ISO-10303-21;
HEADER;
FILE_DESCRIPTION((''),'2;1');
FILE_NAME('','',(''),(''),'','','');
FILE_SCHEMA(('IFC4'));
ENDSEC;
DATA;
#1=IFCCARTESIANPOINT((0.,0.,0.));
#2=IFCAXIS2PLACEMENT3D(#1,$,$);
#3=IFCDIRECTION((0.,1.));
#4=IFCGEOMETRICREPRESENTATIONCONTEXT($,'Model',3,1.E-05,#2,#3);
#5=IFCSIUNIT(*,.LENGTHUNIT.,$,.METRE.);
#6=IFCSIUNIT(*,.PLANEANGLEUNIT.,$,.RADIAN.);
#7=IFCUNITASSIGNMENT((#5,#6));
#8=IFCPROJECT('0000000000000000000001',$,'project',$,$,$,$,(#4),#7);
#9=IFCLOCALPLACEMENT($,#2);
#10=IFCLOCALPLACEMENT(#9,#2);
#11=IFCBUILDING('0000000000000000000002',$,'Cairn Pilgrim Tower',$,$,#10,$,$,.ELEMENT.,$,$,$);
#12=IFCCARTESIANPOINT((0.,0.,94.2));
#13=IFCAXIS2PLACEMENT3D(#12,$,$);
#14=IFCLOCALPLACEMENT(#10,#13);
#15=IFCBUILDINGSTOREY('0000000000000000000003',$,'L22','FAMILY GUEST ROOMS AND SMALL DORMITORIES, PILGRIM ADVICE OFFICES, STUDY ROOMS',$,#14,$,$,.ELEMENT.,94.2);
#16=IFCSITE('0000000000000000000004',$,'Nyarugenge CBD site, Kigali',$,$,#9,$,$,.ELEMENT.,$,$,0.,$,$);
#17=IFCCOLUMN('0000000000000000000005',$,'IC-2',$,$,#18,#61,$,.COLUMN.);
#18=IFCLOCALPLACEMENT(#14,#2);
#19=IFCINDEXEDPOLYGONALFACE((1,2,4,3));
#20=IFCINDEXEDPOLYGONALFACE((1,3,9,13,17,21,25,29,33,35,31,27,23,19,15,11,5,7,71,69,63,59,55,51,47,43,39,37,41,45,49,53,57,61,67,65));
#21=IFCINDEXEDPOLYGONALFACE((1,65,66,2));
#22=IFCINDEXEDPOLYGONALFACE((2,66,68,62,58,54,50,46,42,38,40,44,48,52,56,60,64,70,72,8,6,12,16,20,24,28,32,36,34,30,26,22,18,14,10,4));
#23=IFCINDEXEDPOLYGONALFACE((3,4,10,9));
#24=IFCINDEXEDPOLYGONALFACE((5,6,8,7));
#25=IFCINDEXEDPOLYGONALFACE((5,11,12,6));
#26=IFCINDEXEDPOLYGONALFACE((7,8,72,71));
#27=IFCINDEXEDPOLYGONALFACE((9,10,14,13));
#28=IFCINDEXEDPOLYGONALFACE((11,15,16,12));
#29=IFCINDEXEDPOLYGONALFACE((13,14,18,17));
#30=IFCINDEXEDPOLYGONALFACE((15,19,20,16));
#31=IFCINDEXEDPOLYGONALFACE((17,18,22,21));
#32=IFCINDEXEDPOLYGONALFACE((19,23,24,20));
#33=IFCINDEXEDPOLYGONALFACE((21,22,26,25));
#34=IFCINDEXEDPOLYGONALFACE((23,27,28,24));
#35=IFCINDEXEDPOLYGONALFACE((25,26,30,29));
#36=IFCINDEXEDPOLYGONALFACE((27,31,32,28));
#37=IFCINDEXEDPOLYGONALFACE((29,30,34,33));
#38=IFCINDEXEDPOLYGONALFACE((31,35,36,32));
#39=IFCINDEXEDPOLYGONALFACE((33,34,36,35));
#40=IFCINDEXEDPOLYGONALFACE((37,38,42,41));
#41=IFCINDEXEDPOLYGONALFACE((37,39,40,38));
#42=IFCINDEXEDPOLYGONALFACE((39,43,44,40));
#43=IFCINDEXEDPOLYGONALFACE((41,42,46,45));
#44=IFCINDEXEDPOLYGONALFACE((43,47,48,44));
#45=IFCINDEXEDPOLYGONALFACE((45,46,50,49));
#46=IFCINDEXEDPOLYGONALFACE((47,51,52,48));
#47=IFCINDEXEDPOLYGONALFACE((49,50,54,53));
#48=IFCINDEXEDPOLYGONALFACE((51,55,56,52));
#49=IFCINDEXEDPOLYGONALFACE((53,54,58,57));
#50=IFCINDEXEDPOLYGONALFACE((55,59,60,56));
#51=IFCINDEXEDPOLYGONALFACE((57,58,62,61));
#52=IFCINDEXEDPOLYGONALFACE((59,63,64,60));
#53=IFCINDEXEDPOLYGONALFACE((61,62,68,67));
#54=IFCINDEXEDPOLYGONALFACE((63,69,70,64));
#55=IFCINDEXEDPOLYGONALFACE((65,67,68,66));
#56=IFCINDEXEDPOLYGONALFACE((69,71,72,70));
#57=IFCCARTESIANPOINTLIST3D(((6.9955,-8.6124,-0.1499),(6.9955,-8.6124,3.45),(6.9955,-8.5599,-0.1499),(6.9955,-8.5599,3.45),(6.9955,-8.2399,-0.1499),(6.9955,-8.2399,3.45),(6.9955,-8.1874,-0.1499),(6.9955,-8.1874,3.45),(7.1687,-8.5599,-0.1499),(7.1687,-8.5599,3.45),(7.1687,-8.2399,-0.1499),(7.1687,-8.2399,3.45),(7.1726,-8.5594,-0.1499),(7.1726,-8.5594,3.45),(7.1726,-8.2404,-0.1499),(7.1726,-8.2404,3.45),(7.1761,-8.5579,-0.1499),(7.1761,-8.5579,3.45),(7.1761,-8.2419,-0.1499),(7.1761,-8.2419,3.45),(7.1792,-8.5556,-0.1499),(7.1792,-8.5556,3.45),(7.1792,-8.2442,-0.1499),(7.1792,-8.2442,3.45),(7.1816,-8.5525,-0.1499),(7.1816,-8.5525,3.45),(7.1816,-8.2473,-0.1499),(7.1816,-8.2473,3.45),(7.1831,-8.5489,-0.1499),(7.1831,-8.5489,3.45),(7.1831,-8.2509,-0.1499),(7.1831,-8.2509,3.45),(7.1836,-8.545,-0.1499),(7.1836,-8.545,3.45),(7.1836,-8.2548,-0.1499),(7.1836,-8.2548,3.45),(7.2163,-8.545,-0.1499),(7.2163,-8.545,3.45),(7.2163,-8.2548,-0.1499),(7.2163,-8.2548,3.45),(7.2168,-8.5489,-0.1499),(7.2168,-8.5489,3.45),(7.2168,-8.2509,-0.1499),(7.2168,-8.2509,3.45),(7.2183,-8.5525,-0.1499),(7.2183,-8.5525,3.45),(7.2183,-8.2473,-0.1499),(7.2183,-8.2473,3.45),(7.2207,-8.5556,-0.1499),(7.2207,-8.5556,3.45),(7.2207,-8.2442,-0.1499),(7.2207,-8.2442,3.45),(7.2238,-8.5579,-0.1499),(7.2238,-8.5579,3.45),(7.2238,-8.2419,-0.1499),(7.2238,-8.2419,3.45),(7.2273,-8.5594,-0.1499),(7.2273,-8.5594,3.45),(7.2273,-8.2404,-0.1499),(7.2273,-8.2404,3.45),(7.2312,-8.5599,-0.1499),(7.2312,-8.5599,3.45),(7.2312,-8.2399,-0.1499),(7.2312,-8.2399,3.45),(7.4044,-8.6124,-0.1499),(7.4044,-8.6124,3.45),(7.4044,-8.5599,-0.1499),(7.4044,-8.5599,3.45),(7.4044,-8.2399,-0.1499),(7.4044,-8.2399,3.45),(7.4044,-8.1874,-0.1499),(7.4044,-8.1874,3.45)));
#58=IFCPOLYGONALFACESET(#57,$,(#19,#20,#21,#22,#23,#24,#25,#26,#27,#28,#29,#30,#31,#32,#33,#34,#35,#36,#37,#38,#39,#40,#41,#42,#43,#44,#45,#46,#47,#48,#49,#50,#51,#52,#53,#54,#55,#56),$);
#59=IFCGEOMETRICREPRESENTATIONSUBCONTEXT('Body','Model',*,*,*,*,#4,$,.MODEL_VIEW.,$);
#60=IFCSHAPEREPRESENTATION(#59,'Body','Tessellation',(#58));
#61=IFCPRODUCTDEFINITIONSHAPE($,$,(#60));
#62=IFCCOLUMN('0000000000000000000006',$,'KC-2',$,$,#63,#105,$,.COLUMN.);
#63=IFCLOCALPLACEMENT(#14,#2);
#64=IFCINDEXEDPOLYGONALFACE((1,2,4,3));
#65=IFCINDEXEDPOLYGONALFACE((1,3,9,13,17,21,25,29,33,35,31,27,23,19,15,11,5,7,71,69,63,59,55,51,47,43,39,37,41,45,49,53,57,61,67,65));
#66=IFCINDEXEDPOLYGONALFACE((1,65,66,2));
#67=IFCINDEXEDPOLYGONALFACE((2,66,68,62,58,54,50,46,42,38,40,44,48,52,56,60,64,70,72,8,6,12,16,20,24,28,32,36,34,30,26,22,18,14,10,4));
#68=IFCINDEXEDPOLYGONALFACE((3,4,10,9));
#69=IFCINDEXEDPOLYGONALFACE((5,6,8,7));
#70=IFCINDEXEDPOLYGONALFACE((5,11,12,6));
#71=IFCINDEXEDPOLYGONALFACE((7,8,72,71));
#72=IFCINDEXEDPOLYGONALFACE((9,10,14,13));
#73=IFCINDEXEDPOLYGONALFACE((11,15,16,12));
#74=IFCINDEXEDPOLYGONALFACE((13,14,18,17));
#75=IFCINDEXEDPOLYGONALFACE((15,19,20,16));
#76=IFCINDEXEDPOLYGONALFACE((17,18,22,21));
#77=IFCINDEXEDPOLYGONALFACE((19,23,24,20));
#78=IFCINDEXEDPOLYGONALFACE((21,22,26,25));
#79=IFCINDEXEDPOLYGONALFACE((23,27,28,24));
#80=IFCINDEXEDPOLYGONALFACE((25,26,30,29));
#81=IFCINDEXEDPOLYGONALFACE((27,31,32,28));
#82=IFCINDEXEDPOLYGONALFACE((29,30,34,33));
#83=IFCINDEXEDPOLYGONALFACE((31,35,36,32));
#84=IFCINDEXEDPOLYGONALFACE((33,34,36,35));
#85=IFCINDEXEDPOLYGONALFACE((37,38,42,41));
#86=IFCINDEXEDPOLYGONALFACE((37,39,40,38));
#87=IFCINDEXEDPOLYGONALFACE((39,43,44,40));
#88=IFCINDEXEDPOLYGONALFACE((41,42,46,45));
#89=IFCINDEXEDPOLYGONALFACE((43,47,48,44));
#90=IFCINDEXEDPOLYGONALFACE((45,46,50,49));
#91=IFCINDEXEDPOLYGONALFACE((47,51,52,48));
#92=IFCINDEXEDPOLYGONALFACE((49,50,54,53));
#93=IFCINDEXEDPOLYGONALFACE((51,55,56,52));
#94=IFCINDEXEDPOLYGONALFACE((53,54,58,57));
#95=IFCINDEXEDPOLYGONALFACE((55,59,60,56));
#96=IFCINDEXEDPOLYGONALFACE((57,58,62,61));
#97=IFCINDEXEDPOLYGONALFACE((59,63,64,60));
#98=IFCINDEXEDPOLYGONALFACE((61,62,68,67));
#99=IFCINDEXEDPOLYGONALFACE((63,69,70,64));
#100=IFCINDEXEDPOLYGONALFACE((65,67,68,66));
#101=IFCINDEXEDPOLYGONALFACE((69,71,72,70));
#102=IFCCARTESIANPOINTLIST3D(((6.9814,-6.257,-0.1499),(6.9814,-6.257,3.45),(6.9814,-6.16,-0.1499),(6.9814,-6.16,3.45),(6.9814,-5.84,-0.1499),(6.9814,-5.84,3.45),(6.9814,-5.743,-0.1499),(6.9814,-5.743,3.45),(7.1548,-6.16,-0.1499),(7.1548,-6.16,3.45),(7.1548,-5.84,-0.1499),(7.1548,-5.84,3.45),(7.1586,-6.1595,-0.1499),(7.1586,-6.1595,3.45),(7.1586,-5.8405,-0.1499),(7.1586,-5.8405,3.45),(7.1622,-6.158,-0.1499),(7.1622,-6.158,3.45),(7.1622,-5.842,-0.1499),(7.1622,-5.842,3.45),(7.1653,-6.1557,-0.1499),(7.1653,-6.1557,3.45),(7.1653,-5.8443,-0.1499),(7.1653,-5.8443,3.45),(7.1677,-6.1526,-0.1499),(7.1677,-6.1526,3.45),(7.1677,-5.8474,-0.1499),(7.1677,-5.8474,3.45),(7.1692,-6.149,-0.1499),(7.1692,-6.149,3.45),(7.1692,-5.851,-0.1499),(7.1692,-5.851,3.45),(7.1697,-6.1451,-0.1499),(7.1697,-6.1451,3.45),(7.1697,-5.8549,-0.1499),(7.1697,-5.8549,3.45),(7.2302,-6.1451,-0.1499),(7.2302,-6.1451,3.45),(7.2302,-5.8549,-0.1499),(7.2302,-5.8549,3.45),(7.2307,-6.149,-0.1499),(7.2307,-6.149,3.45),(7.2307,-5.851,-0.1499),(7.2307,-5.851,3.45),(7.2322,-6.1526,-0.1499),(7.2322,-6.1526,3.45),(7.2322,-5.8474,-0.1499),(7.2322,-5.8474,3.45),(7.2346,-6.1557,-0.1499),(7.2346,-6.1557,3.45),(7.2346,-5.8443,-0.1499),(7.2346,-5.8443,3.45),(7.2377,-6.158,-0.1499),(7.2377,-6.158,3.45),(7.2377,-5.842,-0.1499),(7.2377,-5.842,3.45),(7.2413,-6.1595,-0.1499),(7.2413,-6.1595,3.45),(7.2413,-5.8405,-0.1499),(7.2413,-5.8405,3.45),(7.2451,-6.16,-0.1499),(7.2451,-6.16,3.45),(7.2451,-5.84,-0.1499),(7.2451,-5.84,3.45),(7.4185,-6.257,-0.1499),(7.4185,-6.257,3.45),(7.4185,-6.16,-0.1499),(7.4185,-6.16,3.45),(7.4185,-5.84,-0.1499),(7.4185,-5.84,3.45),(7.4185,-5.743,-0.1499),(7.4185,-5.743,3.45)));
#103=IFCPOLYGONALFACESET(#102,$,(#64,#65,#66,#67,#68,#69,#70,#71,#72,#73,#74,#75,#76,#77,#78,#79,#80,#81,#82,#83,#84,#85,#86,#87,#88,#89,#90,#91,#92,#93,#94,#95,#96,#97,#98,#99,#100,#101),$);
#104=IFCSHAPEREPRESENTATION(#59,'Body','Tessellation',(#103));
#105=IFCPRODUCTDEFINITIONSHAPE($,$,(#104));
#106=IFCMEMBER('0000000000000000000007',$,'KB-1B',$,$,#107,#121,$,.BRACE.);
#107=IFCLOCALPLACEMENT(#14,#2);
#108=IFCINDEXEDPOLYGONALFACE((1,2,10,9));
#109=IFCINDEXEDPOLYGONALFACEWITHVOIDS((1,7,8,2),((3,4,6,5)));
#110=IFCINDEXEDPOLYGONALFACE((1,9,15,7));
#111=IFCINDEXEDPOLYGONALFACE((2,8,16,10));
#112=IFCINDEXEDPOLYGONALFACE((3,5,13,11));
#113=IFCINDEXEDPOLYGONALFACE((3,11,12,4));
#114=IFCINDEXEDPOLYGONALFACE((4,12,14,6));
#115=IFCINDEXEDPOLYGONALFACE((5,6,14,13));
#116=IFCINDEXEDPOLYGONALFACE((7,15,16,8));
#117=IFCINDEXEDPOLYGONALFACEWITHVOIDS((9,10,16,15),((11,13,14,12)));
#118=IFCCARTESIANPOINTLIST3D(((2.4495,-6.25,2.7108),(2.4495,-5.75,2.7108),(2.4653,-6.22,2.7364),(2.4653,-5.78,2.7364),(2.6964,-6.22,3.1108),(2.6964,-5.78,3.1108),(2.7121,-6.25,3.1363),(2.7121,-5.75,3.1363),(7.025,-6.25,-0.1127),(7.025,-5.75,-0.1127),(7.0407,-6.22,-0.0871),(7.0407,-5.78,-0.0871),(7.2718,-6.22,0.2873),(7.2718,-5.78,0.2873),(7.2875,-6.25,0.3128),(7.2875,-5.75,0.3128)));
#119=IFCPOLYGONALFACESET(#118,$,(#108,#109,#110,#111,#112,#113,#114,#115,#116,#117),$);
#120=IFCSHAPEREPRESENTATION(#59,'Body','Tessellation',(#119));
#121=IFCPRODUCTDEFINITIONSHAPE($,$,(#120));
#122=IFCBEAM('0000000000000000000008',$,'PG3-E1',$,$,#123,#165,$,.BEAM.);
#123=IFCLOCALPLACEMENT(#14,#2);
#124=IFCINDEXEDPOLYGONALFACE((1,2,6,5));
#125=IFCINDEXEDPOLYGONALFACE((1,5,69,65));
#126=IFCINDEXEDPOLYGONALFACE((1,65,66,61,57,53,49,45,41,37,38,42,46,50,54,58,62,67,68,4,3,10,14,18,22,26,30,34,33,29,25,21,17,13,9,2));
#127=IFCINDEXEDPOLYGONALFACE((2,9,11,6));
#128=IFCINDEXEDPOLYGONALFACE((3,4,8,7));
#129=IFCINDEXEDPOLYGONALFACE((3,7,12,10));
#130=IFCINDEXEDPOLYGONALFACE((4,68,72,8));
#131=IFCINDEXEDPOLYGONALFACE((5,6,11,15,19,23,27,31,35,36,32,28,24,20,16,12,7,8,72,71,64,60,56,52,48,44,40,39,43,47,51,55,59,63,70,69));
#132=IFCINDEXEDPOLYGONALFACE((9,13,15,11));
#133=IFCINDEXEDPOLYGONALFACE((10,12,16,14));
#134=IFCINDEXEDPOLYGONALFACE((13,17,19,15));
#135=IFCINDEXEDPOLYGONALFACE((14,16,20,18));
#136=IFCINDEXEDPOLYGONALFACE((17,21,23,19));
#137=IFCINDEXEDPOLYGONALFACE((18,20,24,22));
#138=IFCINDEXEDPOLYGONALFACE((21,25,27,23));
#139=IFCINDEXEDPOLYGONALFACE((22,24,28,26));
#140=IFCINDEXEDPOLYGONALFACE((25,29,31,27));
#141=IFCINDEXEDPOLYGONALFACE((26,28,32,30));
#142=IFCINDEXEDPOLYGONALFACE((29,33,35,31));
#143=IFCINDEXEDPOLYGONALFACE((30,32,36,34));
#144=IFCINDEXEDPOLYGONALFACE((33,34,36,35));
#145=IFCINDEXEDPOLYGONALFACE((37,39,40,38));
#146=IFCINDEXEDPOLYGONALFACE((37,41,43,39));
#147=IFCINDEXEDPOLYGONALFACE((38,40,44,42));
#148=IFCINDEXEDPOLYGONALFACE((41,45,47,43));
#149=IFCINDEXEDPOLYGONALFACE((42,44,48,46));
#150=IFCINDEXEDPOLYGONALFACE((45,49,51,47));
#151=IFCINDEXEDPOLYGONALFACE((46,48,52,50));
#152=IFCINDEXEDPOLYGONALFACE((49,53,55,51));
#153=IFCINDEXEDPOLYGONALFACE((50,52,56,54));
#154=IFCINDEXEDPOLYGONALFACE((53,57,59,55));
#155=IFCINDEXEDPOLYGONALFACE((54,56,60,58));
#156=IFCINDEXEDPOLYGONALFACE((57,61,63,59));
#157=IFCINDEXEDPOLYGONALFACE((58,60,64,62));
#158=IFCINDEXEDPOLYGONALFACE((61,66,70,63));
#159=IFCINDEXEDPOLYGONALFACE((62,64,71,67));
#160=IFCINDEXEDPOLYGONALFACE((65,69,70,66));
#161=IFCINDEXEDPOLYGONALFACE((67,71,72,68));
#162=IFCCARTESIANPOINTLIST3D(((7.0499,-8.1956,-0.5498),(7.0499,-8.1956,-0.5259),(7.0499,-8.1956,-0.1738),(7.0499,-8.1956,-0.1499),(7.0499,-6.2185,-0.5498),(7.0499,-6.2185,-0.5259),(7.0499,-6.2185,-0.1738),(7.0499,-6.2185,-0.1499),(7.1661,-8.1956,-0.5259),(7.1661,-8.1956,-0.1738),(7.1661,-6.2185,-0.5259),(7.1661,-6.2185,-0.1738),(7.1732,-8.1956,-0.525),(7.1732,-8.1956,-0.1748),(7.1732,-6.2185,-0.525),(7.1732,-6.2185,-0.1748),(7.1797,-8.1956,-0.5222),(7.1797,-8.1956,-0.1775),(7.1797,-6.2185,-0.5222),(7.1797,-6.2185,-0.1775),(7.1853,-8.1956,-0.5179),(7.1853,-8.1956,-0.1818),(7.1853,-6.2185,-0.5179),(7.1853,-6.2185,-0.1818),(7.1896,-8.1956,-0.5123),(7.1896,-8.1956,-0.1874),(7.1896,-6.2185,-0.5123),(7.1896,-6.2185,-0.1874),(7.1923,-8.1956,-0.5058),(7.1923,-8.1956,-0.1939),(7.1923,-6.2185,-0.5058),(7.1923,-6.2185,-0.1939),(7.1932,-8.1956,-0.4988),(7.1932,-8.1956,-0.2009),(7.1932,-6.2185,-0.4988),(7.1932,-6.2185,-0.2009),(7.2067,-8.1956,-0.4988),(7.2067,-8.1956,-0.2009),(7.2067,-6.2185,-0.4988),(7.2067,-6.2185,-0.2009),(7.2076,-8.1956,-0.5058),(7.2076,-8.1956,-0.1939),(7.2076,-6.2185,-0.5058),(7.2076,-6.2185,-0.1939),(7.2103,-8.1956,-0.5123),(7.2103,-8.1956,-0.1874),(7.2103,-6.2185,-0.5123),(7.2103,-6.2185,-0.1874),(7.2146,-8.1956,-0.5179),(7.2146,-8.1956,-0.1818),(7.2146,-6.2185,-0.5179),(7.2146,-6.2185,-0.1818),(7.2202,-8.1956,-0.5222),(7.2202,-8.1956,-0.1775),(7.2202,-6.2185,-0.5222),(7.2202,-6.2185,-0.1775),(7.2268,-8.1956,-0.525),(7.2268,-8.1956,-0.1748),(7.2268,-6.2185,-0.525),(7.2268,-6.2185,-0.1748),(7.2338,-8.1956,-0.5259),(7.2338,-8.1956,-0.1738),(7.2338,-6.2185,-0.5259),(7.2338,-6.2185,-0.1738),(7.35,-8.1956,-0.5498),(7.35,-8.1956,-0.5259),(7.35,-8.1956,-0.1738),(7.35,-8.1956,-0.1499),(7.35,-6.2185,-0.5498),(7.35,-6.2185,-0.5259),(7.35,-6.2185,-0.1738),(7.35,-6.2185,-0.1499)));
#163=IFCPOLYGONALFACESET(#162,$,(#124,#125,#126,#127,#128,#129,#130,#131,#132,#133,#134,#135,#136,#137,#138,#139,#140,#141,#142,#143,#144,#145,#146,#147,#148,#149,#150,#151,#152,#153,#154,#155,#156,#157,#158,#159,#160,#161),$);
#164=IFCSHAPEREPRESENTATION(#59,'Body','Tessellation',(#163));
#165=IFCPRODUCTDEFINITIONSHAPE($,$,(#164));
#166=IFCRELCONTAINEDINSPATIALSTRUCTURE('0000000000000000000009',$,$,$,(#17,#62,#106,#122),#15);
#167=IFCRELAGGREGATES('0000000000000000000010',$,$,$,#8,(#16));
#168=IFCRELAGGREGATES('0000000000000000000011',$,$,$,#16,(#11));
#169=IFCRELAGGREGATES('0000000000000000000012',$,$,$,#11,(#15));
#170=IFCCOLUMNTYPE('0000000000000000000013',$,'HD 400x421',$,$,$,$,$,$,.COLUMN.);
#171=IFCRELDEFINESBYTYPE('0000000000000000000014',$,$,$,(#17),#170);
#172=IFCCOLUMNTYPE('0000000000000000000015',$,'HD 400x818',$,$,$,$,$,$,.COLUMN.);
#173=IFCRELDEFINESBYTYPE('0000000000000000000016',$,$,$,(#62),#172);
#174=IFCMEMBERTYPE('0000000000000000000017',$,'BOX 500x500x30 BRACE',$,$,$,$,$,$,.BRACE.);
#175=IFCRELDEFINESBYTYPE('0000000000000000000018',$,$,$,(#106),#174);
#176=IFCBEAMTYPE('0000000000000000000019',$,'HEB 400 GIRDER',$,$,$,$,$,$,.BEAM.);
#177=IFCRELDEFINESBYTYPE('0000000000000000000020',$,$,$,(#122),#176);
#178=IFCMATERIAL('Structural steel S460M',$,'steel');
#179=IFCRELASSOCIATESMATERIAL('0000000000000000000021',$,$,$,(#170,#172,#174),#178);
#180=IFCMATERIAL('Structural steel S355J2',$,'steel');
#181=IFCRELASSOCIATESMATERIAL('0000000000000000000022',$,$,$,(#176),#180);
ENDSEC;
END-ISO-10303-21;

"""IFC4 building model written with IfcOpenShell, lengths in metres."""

from ifc_helpers import new_model, si_unit, direction, frame, origin, origin_2d, place, context, subcontext, project, spatial, hollow_rectangle, i_section, extrude, material, material_profile, profile_set, type_object, element, save


model = new_model("IFC4")

# Units and contexts
model_context = context("Model", 3, precision=1e-05, world=origin(), true_north=direction((0.0, 1.0)))
body_context = subcontext(model_context, "Body", "Model", "MODEL_VIEW")
ifc_project = project(units=[si_unit("LENGTHUNIT", "METRE"), si_unit("PLANEANGLEUNIT", "RADIAN")], contexts=[model_context])

# Site, building, storey
site_placement = place(None, origin())
site = spatial("IfcSite", under=ifc_project, at=site_placement, Name="Nyarugenge CBD site, Kigali", CompositionType="ELEMENT", RefElevation=0.0)
building_placement = place(site_placement, origin())
building = spatial("IfcBuilding", under=site, at=building_placement, Name="Cairn Pilgrim Tower", CompositionType="ELEMENT")
storey_placement = place(building_placement, frame((0.0, 0.0, 94.2)))
storey = spatial("IfcBuildingStorey", under=building, at=storey_placement, Name="L22", Description="FAMILY GUEST ROOMS AND SMALL DORMITORIES, PILGRIM ADVICE OFFICES, STUDY ROOMS", CompositionType="ELEMENT", Elevation=94.2)

# Columns
ifc_material_1 = material(Name="Structural steel S460M", Category="steel")
ifc_material_profile_1 = material_profile(ifc_material_1, i_section(OverallWidth=0.4089, OverallDepth=0.425, WebThickness=0.0327, FlangeThickness=0.0525, FilletRadius=0.0149, at=origin_2d()), Name="HD 400x421")
ifc_profile_set_1 = profile_set([ifc_material_profile_1], Name="Structural steel S460M")
column_type_1 = type_object("IfcColumnType", Name="HD 400x421", PredefinedType="COLUMN", material=ifc_profile_set_1)
column_1_placement = place(storey_placement, frame((7.2, -8.3999, -0.1499), z_axis=(0.0, 0.0, 1.0), x_axis=(1.0, 0.0, 0.0)))
element("IfcColumn", 1, at=column_1_placement, inside=storey, type_object=column_type_1, Name="IC-2", PredefinedType="COLUMN", context=body_context, shape_type="SweptSolid", body=[
    extrude(i_section(OverallWidth=0.4089, OverallDepth=0.425, WebThickness=0.0327, FlangeThickness=0.0525, FilletRadius=0.0149, at=origin_2d()), origin(), (0.0, 0.0, 1.0), 3.5999),
])
ifc_material_profile_2 = material_profile(ifc_material_1, i_section(OverallWidth=0.437, OverallDepth=0.5139, WebThickness=0.0605, FlangeThickness=0.0969, FilletRadius=0.0149, at=origin_2d()), Name="HD 400x818")
ifc_profile_set_2 = profile_set([ifc_material_profile_2], Name="Structural steel S460M")
column_type_2 = type_object("IfcColumnType", Name="HD 400x818", PredefinedType="COLUMN", material=ifc_profile_set_2)
column_2_placement = place(storey_placement, frame((7.2, -6.0, -0.1499), z_axis=(0.0, 0.0, 1.0), x_axis=(1.0, 0.0, 0.0)))
element("IfcColumn", 2, at=column_2_placement, inside=storey, type_object=column_type_2, Name="KC-2", PredefinedType="COLUMN", context=body_context, shape_type="SweptSolid", body=[
    extrude(i_section(OverallWidth=0.437, OverallDepth=0.5139, WebThickness=0.0605, FlangeThickness=0.0969, FilletRadius=0.0149, at=origin_2d()), origin(), (0.0, 0.0, 1.0), 3.5999),
])

# Member
ifc_material_profile_3 = material_profile(ifc_material_1, hollow_rectangle(XDim=0.5, YDim=0.5, WallThickness=0.03, at=origin_2d()), Name="BOX 500x500x30")
ifc_profile_set_3 = profile_set([ifc_material_profile_3], Name="Structural steel S460M")
member_type = type_object("IfcMemberType", Name="BOX 500x500x30 BRACE", PredefinedType="BRACE", material=ifc_profile_set_3)
member_placement = place(storey_placement, frame((7.1562, -6.0, 0.1001), z_axis=(-0.851008, 0.0, 0.525154), x_axis=(0.0, -1.0, 0.0)))
element("IfcMember", 3, at=member_placement, inside=storey, type_object=member_type, Name="KB-1B", PredefinedType="BRACE", context=body_context, shape_type="SweptSolid", body=[
    extrude(hollow_rectangle(XDim=0.5, YDim=0.5, WallThickness=0.03, at=origin_2d()), origin(), (0.0, 0.0, 1.0), 5.3765),
])

# Beam
ifc_material_2 = material(Name="Structural steel S355J2", Category="steel")
ifc_material_profile_4 = material_profile(ifc_material_2, i_section(OverallWidth=0.3, OverallDepth=0.3999, WebThickness=0.0134, FlangeThickness=0.0239, FilletRadius=0.0271, at=origin_2d()), Name="HEB 400")
ifc_profile_set_4 = profile_set([ifc_material_profile_4], Name="Structural steel S355J2")
beam_type_1 = type_object("IfcBeamType", Name="HEB 400 GIRDER", PredefinedType="BEAM", material=ifc_profile_set_4)
beam_1_placement = place(storey_placement, frame((7.2, -8.1956, -0.3499), z_axis=(0.0, 1.0, 0.0), x_axis=(-1.0, 0.0, 0.0)))
element("IfcBeam", 4, at=beam_1_placement, inside=storey, type_object=beam_type_1, Name="PG3-E1", PredefinedType="BEAM", context=body_context, shape_type="SweptSolid", body=[
    extrude(i_section(OverallWidth=0.3, OverallDepth=0.3999, WebThickness=0.0134, FlangeThickness=0.0239, FilletRadius=0.0271, at=origin_2d()), origin(), (0.0, 0.0, 1.0), 1.9771),
])

save(model, "model.ifc")
